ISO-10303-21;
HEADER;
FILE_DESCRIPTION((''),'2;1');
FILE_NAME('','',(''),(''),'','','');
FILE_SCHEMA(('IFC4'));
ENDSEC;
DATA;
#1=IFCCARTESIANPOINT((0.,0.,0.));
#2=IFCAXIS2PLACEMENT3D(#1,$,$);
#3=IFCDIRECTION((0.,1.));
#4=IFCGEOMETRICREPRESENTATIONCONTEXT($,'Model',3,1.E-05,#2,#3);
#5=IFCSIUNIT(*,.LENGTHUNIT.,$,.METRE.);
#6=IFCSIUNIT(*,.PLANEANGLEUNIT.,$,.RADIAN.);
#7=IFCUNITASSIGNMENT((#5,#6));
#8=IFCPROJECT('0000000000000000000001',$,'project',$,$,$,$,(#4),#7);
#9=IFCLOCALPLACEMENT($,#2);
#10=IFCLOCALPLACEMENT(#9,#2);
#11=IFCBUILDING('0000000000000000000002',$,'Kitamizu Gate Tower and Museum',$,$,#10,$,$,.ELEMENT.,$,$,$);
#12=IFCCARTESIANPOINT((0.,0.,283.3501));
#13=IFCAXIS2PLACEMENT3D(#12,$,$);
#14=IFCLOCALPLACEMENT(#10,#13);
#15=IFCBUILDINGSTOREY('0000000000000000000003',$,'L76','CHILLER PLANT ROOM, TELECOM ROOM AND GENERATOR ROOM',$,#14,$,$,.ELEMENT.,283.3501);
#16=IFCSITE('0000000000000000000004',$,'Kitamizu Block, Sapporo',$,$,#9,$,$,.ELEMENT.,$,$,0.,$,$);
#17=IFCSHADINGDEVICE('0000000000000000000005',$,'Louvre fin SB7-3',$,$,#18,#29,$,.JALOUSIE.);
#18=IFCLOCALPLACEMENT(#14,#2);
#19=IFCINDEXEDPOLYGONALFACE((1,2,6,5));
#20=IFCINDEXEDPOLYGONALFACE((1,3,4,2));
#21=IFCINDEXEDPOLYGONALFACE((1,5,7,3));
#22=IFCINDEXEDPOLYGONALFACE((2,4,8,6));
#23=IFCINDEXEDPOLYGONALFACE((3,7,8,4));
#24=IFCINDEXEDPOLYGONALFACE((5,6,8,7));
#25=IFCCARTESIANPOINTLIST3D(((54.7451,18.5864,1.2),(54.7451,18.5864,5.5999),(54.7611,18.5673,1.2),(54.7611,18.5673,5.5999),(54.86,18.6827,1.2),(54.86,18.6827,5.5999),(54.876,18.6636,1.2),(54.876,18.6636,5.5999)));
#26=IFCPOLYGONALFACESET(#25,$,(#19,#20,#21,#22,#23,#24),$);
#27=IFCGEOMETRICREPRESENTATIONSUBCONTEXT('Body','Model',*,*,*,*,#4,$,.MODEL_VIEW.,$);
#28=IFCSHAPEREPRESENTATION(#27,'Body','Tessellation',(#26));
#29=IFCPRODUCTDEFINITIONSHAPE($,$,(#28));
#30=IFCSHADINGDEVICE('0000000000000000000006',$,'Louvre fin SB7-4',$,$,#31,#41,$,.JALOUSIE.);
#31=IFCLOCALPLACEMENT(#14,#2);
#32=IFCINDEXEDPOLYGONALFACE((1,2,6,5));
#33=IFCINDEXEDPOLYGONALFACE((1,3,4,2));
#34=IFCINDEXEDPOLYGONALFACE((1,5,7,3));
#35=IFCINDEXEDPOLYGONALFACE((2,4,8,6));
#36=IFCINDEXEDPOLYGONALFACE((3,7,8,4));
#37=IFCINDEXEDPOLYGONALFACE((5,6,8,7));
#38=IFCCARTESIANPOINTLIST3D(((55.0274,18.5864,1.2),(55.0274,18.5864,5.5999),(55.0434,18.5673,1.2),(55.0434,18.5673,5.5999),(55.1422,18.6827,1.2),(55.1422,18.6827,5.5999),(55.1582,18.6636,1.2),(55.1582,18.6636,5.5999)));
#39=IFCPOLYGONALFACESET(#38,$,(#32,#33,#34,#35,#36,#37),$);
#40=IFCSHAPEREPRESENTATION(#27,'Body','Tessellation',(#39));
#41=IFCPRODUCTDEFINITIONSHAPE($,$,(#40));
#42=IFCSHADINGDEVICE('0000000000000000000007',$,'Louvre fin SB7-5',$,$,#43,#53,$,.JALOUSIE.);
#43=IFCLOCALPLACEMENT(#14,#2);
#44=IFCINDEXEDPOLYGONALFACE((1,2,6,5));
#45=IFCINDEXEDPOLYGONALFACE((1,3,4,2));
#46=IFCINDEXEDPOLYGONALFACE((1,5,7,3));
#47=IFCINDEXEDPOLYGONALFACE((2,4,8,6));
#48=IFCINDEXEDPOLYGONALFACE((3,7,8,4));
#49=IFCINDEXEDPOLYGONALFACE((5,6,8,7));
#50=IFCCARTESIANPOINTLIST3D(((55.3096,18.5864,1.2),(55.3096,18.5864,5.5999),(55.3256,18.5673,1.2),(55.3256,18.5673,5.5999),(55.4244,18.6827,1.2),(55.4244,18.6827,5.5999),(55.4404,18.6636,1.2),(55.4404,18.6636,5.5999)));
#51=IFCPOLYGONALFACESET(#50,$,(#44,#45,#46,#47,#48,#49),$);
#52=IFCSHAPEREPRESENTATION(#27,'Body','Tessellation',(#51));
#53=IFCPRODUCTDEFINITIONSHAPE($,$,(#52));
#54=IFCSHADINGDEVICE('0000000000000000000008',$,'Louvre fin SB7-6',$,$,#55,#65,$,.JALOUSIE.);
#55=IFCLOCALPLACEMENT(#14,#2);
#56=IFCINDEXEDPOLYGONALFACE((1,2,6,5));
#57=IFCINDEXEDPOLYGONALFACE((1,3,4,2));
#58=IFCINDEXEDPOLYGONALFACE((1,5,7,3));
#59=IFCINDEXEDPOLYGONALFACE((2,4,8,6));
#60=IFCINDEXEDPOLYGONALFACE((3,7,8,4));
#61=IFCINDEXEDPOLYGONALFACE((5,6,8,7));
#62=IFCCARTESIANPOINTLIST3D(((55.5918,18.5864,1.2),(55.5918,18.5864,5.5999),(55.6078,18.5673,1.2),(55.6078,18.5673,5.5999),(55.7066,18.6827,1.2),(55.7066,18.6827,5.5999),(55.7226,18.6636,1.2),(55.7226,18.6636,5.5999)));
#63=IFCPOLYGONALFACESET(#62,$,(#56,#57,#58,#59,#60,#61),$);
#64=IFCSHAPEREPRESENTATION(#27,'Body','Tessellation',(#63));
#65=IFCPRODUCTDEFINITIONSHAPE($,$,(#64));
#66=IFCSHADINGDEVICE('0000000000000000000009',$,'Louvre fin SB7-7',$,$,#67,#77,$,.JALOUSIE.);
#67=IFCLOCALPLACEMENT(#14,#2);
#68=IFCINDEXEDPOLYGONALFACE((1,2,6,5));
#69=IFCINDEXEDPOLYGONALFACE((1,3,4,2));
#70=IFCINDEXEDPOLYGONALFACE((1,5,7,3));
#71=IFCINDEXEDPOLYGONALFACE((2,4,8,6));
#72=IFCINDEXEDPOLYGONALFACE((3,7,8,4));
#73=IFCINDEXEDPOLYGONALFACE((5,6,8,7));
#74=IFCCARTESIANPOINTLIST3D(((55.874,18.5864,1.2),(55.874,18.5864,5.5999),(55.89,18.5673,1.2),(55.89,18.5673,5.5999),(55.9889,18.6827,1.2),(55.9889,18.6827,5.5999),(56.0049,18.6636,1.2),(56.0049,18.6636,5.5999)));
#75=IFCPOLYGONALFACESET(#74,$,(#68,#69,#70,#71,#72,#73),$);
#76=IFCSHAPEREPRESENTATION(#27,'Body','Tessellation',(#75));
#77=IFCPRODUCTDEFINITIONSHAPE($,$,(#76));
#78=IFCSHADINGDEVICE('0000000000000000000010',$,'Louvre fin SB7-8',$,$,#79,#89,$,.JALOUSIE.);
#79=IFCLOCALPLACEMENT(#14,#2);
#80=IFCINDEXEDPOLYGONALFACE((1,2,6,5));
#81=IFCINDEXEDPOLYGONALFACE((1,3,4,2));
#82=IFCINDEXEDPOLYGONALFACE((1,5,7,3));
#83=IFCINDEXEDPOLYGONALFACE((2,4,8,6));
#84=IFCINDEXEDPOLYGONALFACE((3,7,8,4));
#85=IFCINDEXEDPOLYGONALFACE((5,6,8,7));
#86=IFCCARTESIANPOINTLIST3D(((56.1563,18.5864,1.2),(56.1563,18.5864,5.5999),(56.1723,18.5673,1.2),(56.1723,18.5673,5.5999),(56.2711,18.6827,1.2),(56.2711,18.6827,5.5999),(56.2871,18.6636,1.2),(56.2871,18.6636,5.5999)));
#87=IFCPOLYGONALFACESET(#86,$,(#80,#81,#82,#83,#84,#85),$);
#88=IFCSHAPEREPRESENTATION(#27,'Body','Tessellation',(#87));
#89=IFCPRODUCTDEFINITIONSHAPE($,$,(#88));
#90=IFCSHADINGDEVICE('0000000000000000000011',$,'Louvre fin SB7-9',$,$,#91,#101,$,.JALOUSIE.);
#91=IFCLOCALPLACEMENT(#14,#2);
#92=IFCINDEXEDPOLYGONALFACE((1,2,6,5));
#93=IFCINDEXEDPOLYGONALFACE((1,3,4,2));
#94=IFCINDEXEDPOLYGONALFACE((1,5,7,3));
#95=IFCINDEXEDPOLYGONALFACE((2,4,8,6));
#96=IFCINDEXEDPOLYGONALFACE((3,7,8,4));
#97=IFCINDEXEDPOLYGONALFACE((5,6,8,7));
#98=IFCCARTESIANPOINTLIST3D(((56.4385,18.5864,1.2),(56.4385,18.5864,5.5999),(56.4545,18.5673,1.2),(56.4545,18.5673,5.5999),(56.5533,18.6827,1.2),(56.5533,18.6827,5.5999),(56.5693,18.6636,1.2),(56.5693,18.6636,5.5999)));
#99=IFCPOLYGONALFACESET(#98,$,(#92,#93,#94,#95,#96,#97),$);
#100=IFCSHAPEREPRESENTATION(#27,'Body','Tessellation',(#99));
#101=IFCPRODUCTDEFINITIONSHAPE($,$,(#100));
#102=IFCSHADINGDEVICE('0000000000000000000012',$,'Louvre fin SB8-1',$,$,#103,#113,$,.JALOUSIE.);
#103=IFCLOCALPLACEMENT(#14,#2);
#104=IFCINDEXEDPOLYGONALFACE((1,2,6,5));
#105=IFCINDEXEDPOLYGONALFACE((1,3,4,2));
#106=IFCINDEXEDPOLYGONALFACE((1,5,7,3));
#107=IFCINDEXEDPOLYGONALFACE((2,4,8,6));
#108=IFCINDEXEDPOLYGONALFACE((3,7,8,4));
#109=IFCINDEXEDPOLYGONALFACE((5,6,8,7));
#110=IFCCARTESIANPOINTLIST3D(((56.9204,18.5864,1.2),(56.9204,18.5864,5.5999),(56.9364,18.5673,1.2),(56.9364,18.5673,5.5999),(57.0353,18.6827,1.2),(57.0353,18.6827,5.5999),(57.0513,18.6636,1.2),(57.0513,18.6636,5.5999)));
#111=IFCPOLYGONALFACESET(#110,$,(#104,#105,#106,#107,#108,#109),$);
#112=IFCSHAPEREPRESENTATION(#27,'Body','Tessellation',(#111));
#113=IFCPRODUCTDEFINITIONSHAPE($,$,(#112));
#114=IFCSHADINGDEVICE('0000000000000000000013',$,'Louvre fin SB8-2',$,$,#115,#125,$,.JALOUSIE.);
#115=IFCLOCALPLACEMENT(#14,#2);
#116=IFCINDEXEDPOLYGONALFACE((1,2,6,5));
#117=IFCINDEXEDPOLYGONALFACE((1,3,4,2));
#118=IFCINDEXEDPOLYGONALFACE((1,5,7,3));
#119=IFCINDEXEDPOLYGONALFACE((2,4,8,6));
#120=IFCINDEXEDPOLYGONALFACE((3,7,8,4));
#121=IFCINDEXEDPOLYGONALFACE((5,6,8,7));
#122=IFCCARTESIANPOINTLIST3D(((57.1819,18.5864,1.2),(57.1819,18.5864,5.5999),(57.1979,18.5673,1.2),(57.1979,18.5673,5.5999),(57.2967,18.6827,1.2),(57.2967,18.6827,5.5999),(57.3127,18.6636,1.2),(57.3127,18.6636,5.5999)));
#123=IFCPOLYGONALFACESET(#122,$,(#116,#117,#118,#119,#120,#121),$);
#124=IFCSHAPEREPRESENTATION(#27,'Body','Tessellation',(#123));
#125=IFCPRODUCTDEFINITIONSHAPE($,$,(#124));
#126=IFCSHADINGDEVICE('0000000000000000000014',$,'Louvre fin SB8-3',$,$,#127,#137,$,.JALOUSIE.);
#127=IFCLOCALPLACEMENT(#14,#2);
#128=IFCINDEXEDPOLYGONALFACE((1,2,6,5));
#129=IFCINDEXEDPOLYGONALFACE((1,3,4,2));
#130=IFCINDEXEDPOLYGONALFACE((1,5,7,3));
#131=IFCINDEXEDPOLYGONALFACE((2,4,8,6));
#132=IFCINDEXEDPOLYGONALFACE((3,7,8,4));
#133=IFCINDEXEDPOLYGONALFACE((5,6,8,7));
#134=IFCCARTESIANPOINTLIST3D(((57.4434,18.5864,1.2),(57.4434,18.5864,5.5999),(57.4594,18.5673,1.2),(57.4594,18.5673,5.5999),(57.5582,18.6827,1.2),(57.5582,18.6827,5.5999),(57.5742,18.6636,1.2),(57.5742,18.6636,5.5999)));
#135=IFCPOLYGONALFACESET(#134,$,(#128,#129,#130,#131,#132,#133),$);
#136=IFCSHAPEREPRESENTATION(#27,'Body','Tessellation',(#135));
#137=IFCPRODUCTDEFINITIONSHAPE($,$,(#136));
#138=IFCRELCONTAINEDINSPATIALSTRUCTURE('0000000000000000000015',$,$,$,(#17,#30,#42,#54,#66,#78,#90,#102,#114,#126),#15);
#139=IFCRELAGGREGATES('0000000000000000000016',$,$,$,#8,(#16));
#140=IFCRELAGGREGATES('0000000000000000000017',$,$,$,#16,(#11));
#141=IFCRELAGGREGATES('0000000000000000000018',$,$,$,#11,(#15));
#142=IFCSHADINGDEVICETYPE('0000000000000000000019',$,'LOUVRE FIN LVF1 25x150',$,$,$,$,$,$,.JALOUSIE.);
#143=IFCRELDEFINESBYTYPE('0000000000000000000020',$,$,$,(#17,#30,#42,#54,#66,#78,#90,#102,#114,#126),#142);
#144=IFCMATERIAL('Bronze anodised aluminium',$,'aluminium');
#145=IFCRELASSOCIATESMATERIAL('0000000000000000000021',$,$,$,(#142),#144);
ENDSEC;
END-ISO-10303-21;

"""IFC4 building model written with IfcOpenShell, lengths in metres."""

from ifc_helpers import new_model, si_unit, direction, frame, origin, origin_2d, place, context, subcontext, project, spatial, rectangle, extrude, material, material_profile, profile_set, type_object, element, save


model = new_model("IFC4")

# Units and contexts
model_context = context("Model", 3, precision=1e-05, world=origin(), true_north=direction((0.0, 1.0)))
body_context = subcontext(model_context, "Body", "Model", "MODEL_VIEW")
ifc_project = project(units=[si_unit("LENGTHUNIT", "METRE"), si_unit("PLANEANGLEUNIT", "RADIAN")], contexts=[model_context])

# Site, building, storey
site_placement = place(None, origin())
site = spatial("IfcSite", under=ifc_project, at=site_placement, Name="Kitamizu Block, Sapporo", CompositionType="ELEMENT", RefElevation=0.0)
building_placement = place(site_placement, origin())
building = spatial("IfcBuilding", under=site, at=building_placement, Name="Kitamizu Gate Tower and Museum", CompositionType="ELEMENT")
storey_placement = place(building_placement, frame((0.0, 0.0, 283.3501)))
storey = spatial("IfcBuildingStorey", under=building, at=storey_placement, Name="L76", Description="CHILLER PLANT ROOM, TELECOM ROOM AND GENERATOR ROOM", CompositionType="ELEMENT", Elevation=283.3501)

# Shading devices
ifc_material_1 = material(Name="Bronze anodised aluminium", Category="aluminium")
ifc_material_profile_1 = material_profile(ifc_material_1, rectangle(XDim=0.1499, YDim=0.0249, at=origin_2d()), Name="AL 25x150")
ifc_profile_set_1 = profile_set([ifc_material_profile_1], Name="Bronze anodised aluminium")
shading_device_type = type_object("IfcShadingDeviceType", Name="LOUVRE FIN LVF1 25x150", PredefinedType="JALOUSIE", material=ifc_profile_set_1)
for number, where, z_axis, x_axis, name in (
    (1, (54.8105, 18.625, 1.2), (0.0, 0.0, 1.0), (0.766044, 0.642788, 0.0), "Louvre fin SB7-3"),
    (2, (55.0928, 18.625, 1.2), (0.0, 0.0, 1.0), (0.766044, 0.642788, 0.0), "Louvre fin SB7-4"),
    (3, (55.375, 18.625, 1.2), (0.0, 0.0, 1.0), (0.766044, 0.642788, 0.0), "Louvre fin SB7-5"),
    (4, (55.6572, 18.625, 1.2), (0.0, 0.0, 1.0), (0.766044, 0.642788, 0.0), "Louvre fin SB7-6"),
    (5, (55.9395, 18.625, 1.2), (0.0, 0.0, 1.0), (0.766044, 0.642788, 0.0), "Louvre fin SB7-7"),
    (6, (56.2217, 18.625, 1.2), (0.0, 0.0, 1.0), (0.766044, 0.642788, 0.0), "Louvre fin SB7-8"),
    (7, (56.5039, 18.625, 1.2), (0.0, 0.0, 1.0), (0.766044, 0.642788, 0.0), "Louvre fin SB7-9"),
    (8, (56.9858, 18.625, 1.2), (0.0, 0.0, 1.0), (0.766044, 0.642788, 0.0), "Louvre fin SB8-1"),
    (9, (57.2473, 18.625, 1.2), (0.0, 0.0, 1.0), (0.766044, 0.642788, 0.0), "Louvre fin SB8-2"),
    (10, (57.5088, 18.625, 1.2), (0.0, 0.0, 1.0), (0.766044, 0.642788, 0.0), "Louvre fin SB8-3"),
):
    element("IfcShadingDevice", number, at=place(storey_placement, frame(where, z_axis=z_axis, x_axis=x_axis)), inside=storey, type_object=shading_device_type, Name=name, PredefinedType="JALOUSIE", context=body_context, shape_type="SweptSolid", body=[
        extrude(rectangle(XDim=0.1499, YDim=0.0249, at=origin_2d()), origin(), (0.0, 0.0, 1.0), 4.3999),
    ])

save(model, "model.ifc")
